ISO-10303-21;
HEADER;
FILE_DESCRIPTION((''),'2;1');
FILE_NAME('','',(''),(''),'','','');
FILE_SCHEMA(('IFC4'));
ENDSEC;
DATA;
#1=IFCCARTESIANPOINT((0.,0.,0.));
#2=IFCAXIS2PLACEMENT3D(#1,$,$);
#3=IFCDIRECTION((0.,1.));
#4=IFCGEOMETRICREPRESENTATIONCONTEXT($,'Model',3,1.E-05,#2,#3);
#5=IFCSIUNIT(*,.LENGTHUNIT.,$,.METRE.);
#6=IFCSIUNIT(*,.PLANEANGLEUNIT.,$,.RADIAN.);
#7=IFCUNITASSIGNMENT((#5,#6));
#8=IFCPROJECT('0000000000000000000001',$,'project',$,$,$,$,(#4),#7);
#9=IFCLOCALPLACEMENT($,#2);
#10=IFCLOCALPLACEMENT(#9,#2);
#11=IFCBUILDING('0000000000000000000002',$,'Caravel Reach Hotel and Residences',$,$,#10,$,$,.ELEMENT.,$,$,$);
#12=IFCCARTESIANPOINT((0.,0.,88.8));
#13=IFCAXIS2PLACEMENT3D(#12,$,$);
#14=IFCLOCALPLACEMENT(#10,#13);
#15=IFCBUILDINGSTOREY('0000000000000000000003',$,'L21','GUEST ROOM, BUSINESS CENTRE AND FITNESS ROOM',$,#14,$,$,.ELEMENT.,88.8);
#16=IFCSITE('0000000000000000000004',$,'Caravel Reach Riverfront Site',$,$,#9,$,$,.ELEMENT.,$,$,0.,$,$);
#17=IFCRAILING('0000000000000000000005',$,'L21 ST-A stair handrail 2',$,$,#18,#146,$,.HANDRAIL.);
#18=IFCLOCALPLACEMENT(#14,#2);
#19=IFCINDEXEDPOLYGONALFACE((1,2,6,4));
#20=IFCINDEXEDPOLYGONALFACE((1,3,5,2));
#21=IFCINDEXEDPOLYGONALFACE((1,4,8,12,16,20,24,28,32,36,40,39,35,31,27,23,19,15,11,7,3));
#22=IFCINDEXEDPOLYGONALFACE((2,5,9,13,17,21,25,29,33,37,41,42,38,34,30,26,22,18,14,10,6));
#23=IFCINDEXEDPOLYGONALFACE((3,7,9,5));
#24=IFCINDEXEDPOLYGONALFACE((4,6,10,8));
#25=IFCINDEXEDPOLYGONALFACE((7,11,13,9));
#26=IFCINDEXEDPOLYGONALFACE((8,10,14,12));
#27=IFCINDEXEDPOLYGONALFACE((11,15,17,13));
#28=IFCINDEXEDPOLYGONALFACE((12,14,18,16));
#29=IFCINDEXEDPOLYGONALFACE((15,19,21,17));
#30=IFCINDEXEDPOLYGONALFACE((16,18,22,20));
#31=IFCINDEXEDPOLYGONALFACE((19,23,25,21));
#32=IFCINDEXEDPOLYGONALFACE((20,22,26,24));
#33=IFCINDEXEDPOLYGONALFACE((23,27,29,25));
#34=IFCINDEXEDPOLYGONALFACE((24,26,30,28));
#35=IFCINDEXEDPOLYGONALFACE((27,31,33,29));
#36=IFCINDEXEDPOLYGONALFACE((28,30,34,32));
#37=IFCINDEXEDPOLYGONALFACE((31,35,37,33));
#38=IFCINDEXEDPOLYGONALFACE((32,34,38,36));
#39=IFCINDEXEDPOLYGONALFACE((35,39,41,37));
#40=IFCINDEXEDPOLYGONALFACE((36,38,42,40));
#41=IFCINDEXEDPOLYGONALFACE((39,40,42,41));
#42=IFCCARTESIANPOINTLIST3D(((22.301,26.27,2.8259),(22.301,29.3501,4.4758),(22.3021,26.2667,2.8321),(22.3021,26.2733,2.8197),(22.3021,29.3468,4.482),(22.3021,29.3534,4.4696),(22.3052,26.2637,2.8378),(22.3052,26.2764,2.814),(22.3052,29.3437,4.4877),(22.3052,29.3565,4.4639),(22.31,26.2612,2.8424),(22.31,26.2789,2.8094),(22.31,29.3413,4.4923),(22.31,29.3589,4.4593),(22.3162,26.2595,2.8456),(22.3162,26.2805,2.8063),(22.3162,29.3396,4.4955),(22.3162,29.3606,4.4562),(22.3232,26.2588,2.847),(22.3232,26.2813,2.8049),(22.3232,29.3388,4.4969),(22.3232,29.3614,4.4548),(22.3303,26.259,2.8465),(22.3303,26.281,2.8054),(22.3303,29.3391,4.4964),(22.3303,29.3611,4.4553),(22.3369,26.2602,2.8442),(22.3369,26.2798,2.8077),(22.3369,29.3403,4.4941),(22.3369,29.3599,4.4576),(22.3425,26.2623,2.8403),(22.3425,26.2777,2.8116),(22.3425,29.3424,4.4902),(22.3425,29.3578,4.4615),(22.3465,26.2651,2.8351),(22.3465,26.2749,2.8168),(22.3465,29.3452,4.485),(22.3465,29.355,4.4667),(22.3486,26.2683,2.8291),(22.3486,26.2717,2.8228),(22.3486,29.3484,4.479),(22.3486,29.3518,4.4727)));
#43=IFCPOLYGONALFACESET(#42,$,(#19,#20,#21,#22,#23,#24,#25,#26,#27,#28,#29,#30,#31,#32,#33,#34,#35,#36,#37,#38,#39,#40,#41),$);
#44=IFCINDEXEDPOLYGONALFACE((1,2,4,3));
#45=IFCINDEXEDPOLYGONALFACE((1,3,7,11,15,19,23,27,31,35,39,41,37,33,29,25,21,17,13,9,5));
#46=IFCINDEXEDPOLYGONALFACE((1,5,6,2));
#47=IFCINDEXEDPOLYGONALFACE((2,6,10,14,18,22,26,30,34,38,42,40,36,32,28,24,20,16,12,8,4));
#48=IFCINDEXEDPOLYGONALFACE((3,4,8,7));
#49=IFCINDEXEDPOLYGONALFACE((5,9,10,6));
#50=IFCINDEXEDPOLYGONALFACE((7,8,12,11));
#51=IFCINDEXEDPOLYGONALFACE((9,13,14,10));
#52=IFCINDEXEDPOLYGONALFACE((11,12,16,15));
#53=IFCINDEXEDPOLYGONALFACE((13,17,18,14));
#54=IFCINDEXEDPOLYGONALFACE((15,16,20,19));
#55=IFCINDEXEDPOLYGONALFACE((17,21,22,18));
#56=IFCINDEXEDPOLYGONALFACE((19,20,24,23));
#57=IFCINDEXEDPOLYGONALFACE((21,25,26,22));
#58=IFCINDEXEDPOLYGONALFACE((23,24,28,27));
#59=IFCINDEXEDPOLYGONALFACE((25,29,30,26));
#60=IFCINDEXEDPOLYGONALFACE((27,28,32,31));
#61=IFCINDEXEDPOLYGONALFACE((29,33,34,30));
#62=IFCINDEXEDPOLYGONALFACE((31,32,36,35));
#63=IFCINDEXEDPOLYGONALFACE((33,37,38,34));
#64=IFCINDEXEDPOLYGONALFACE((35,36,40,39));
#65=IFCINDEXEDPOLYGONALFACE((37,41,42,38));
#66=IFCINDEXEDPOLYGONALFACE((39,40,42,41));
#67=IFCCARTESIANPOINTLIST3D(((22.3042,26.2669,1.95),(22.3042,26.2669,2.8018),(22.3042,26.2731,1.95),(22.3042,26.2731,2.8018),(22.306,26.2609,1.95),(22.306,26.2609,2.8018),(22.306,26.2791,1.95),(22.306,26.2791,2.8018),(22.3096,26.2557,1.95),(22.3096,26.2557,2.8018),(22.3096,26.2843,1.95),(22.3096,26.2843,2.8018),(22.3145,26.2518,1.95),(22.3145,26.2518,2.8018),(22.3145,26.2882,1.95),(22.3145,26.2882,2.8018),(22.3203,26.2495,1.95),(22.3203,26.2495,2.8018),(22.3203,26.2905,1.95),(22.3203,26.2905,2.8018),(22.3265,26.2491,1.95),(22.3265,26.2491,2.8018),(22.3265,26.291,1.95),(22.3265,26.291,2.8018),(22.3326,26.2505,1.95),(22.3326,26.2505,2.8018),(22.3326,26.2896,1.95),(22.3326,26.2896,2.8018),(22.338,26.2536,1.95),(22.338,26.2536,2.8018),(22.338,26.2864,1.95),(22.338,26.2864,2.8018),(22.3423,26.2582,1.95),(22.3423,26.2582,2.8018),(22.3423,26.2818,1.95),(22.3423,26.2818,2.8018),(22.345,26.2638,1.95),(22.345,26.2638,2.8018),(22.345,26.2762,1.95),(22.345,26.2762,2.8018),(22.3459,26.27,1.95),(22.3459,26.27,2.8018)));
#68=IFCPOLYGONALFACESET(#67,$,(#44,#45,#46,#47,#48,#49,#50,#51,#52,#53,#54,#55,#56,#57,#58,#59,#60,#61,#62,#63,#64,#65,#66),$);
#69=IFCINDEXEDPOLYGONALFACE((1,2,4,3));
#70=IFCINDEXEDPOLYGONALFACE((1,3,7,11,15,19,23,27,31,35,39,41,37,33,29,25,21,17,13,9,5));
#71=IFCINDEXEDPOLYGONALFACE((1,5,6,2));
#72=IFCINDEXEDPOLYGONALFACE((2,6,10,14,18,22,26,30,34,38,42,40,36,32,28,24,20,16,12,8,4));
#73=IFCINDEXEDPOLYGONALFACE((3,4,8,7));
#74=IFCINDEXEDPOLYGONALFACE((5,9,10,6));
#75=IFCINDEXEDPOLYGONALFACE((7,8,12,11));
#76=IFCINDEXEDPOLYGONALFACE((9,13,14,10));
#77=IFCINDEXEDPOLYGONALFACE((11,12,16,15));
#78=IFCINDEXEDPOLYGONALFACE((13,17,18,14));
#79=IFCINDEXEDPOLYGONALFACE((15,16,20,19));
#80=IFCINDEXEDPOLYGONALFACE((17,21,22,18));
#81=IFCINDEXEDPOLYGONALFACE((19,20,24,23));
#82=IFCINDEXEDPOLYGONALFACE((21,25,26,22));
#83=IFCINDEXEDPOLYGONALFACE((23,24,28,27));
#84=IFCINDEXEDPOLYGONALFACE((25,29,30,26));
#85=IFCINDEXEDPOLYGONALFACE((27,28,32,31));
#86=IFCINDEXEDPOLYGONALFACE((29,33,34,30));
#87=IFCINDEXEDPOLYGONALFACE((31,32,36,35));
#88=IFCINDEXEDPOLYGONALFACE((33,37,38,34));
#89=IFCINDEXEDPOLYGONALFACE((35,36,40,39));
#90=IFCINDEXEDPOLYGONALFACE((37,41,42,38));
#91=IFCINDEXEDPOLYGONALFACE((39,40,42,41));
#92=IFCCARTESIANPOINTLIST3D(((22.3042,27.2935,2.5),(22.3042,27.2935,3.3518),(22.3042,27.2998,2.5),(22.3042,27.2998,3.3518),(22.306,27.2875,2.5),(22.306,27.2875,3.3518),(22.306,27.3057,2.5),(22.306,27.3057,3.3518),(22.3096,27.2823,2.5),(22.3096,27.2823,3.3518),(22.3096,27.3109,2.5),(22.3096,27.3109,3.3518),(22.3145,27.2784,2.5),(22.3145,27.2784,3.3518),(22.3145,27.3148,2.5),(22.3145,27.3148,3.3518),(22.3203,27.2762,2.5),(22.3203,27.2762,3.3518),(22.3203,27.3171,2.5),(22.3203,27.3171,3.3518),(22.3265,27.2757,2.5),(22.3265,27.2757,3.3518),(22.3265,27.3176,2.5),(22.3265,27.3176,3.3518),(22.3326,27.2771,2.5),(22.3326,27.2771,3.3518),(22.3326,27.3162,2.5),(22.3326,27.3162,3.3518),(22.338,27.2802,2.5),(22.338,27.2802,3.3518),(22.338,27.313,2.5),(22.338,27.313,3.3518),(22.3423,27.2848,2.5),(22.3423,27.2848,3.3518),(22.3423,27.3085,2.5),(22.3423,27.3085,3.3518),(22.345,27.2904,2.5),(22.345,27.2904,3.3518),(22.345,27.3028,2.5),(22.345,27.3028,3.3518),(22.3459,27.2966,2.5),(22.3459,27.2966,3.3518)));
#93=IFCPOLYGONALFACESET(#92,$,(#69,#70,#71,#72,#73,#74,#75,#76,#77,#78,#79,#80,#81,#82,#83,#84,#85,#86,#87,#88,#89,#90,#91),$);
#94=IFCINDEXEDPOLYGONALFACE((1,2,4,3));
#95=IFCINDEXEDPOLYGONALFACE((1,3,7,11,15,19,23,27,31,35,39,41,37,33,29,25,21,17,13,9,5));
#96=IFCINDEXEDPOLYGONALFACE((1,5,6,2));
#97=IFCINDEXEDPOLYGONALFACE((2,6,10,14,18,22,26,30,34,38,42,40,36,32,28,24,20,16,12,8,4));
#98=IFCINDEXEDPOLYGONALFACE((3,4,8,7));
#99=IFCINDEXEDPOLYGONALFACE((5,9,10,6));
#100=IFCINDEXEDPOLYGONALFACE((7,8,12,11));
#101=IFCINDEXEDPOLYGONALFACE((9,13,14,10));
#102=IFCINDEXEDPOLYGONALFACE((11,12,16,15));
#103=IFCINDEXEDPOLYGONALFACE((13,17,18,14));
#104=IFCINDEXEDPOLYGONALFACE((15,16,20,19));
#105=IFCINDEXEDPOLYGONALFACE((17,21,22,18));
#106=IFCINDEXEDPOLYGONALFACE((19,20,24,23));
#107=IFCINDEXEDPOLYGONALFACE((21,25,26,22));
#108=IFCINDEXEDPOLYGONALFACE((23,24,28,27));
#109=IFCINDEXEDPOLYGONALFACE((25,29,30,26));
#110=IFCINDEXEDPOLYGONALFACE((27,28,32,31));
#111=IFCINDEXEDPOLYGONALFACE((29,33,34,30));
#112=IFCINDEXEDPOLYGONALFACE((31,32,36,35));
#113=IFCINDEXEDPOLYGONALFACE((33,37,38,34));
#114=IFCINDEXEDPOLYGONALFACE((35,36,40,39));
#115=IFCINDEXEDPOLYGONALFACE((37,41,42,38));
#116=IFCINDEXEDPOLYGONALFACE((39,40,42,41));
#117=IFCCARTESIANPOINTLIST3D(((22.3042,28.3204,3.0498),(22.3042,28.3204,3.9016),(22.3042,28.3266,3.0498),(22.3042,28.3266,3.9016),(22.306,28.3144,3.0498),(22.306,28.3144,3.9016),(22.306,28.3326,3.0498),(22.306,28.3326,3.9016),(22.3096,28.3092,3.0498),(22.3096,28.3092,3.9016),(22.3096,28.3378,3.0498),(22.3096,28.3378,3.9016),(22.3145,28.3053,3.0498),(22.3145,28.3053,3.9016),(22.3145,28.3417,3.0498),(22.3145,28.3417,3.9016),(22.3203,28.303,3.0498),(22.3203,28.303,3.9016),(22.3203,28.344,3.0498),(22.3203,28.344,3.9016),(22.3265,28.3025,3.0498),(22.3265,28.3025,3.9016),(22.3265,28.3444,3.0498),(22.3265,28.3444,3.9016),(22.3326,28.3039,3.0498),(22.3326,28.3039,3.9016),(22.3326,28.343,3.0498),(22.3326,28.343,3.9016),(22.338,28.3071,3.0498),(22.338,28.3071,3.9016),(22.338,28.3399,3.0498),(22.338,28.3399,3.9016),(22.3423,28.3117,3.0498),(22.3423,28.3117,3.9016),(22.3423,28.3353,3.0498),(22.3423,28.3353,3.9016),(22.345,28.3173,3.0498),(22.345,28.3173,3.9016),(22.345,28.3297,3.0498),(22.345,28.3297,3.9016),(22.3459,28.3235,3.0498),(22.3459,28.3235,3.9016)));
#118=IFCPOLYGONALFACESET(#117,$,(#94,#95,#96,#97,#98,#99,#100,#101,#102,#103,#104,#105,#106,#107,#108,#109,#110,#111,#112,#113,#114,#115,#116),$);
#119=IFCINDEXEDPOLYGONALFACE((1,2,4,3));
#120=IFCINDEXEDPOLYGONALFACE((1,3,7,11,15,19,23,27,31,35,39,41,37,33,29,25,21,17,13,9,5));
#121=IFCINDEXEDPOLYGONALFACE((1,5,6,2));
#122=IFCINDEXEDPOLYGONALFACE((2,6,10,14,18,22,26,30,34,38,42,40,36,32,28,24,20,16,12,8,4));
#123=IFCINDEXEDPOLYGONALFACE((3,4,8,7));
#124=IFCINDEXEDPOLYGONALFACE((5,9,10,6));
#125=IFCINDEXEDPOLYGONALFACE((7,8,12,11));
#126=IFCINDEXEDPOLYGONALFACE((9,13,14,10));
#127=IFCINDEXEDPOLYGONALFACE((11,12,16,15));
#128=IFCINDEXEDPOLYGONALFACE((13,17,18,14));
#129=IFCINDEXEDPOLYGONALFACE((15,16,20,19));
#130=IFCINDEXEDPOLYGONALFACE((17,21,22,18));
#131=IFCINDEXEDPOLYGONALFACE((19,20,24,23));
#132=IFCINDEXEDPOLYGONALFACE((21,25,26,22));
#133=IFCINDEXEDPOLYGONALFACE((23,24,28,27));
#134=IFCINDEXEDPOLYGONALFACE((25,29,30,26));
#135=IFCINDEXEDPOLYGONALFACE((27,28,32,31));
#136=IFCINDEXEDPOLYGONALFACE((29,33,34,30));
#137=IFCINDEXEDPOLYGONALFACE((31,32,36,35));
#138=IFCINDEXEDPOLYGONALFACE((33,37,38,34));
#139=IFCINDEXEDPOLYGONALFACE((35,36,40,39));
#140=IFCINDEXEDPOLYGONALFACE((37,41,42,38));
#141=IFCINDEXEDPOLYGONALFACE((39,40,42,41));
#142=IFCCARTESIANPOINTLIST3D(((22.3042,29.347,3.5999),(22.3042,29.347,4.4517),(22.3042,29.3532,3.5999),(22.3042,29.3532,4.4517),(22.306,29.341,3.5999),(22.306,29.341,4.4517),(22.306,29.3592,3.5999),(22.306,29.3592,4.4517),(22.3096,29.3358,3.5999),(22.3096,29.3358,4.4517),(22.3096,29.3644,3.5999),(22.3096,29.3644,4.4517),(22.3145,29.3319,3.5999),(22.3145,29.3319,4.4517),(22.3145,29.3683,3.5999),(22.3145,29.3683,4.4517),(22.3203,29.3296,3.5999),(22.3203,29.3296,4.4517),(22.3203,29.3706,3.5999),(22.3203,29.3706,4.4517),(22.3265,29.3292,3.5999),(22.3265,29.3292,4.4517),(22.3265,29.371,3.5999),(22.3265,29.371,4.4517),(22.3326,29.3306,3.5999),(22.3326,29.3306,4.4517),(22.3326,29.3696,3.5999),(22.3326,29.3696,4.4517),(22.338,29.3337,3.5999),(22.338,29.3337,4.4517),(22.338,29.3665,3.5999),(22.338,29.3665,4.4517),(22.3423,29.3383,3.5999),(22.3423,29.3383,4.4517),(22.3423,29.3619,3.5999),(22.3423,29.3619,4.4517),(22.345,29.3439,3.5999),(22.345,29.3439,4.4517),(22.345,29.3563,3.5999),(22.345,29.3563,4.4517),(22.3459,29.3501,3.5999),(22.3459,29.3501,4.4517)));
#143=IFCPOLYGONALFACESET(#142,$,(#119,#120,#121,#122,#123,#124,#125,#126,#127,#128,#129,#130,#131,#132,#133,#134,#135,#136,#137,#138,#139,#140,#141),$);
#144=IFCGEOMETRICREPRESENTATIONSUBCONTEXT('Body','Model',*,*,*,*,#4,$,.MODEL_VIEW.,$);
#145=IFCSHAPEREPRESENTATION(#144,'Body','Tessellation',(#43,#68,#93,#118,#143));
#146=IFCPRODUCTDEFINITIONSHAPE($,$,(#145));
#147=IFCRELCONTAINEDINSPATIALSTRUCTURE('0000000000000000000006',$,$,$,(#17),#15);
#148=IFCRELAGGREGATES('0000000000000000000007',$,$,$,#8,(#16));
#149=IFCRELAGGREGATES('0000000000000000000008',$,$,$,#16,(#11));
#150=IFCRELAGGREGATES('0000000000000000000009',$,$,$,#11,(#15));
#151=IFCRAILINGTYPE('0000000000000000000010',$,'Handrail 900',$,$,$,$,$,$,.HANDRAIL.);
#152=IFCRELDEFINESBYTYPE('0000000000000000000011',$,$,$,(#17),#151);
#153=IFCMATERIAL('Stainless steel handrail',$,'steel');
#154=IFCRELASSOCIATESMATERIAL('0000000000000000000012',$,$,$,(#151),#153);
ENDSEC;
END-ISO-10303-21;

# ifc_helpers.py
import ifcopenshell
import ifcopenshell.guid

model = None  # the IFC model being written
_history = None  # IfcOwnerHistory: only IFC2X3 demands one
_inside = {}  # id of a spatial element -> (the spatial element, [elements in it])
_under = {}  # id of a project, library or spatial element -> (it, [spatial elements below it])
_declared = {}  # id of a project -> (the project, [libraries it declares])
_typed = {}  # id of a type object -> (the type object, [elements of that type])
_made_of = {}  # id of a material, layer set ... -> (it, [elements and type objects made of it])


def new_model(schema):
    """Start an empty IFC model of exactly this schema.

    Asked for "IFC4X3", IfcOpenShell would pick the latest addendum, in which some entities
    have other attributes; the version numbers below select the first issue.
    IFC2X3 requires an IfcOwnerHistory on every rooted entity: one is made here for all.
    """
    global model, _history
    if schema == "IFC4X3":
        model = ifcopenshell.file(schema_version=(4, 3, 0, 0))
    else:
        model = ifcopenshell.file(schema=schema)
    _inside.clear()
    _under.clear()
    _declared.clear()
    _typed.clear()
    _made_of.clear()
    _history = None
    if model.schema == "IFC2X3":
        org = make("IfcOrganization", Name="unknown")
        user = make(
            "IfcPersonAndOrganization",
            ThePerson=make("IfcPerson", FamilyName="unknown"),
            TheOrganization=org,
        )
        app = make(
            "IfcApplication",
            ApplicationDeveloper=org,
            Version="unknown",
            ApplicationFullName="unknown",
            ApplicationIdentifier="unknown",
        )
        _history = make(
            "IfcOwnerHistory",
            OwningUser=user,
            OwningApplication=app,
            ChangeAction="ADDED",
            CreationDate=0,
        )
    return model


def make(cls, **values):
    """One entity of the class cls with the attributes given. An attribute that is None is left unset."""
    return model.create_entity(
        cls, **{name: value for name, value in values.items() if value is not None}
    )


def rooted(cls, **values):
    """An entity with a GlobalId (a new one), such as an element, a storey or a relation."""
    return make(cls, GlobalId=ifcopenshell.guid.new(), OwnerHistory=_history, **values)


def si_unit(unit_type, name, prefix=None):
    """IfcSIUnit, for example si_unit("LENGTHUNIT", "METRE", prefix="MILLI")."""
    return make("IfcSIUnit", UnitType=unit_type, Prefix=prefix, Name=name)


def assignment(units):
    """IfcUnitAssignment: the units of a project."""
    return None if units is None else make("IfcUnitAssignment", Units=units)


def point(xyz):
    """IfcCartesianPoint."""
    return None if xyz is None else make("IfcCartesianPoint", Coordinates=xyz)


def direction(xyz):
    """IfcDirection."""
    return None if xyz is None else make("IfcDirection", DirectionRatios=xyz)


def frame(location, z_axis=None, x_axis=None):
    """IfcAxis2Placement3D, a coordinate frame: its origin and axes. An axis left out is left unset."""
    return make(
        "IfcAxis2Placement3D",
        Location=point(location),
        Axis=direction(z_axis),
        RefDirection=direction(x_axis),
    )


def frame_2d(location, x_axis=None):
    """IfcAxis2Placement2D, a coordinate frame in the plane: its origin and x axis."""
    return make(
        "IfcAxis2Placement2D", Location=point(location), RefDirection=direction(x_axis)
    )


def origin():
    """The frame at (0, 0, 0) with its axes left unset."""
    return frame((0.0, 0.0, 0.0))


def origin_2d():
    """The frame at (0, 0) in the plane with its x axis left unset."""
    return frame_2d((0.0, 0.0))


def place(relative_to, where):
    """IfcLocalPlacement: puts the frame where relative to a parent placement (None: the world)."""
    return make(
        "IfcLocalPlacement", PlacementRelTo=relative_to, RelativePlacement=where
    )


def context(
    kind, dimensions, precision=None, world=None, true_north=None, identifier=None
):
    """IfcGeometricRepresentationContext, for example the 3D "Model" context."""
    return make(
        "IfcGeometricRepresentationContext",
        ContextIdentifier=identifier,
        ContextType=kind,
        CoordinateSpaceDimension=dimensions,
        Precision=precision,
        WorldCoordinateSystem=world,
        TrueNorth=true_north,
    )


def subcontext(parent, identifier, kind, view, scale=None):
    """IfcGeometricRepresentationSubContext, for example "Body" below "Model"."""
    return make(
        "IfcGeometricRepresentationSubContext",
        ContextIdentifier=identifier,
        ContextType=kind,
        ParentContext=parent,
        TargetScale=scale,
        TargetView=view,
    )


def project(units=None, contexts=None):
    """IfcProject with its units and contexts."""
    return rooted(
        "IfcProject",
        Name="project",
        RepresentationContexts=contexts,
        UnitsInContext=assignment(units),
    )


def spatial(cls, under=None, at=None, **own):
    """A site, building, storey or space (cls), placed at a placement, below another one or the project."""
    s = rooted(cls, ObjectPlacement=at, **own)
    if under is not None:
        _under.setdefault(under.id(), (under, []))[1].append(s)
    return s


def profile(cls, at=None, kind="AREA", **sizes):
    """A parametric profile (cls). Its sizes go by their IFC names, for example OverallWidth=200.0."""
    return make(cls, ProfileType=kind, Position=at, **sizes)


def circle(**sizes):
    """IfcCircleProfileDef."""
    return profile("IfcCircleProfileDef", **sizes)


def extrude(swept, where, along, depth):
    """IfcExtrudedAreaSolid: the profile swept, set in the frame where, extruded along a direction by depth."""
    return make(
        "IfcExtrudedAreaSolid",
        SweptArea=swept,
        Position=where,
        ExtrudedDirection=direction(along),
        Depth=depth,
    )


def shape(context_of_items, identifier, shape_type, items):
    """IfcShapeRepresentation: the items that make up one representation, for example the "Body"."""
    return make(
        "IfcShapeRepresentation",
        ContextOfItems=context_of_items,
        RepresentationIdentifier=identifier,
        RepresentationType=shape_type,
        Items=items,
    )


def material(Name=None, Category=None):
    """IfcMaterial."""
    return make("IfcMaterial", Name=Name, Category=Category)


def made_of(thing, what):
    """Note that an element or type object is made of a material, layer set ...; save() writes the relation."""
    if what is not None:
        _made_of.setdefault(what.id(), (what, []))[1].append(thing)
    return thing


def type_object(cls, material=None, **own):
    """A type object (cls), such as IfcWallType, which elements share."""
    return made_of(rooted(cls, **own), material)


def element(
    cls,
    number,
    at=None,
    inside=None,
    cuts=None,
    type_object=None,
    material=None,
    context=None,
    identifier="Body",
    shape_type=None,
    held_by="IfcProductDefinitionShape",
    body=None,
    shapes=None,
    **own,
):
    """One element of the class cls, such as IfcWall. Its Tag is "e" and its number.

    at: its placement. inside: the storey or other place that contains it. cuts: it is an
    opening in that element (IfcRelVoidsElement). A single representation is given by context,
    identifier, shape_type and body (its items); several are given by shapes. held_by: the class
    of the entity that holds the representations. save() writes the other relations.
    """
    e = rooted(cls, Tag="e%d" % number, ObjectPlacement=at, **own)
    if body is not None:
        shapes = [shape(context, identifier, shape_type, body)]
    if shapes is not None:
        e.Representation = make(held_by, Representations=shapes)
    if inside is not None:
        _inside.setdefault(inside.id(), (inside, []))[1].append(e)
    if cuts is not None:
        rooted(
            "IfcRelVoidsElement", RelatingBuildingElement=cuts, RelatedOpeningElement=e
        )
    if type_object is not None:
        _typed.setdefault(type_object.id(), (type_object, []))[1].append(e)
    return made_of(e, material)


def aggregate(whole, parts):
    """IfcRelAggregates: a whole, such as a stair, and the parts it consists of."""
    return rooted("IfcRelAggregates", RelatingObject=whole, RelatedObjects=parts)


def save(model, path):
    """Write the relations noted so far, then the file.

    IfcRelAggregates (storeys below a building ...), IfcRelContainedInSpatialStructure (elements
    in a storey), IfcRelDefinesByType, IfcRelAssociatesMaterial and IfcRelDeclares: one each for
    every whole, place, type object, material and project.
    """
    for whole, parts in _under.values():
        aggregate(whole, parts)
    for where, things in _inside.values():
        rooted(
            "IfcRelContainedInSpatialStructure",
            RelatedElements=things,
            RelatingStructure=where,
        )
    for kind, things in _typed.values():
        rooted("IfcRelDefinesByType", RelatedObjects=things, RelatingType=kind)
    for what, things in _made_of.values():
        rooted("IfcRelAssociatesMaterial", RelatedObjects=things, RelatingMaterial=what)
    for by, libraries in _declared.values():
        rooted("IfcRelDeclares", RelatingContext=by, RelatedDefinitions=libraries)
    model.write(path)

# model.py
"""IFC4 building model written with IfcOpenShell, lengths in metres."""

from ifc_helpers import new_model, si_unit, direction, frame, origin, origin_2d, place, context, subcontext, project, spatial, circle, extrude, material, type_object, element, save


model = new_model("IFC4")

# Units and contexts
model_context = context("Model", 3, precision=1e-05, world=origin(), true_north=direction((0.0, 1.0)))
body_context = subcontext(model_context, "Body", "Model", "MODEL_VIEW")
ifc_project = project(units=[si_unit("LENGTHUNIT", "METRE"), si_unit("PLANEANGLEUNIT", "RADIAN")], contexts=[model_context])

# Site, building, storey
site_placement = place(None, origin())
site = spatial("IfcSite", under=ifc_project, at=site_placement, Name="Caravel Reach Riverfront Site", CompositionType="ELEMENT", RefElevation=0.0)
building_placement = place(site_placement, origin())
building = spatial("IfcBuilding", under=site, at=building_placement, Name="Caravel Reach Hotel and Residences", CompositionType="ELEMENT")
storey_placement = place(building_placement, frame((0.0, 0.0, 88.8)))
storey = spatial("IfcBuildingStorey", under=building, at=storey_placement, Name="L21", Description="GUEST ROOM, BUSINESS CENTRE AND FITNESS ROOM", CompositionType="ELEMENT", Elevation=88.8)

# Railing
ifc_material_1 = material(Name="Stainless steel handrail", Category="steel")
railing_type_1 = type_object("IfcRailingType", Name="Handrail 900", PredefinedType="HANDRAIL", material=ifc_material_1)
railing_1_placement = place(storey_placement, frame((22.325, 26.27, 1.95)))
element("IfcRailing", 1, at=railing_1_placement, inside=storey, type_object=railing_type_1, Name="L21 ST-A stair handrail 2", PredefinedType="HANDRAIL", context=body_context, shape_type="SweptSolid", body=[
    extrude(circle(Radius=0.0239, at=origin_2d()), frame((0.0, 0.0, 0.876), z_axis=(0.0, 0.881497, 0.47219), x_axis=(-1.0, 0.0, 0.0)), (0.0, 0.0, 1.0), 3.4941),
    extrude(circle(Radius=0.021, at=origin_2d()), origin(), (0.0, 0.0, 1.0), 0.8518),
    extrude(circle(Radius=0.021, at=origin_2d()), frame((0.0, 1.0266, 0.55)), (0.0, 0.0, 1.0), 0.8518),
    extrude(circle(Radius=0.021, at=origin_2d()), frame((0.0, 2.0535, 1.0999)), (0.0, 0.0, 1.0), 0.8518),
    extrude(circle(Radius=0.021, at=origin_2d()), frame((0.0, 3.0801, 1.6499)), (0.0, 0.0, 1.0), 0.8518),
])

save(model, "model.ifc")
